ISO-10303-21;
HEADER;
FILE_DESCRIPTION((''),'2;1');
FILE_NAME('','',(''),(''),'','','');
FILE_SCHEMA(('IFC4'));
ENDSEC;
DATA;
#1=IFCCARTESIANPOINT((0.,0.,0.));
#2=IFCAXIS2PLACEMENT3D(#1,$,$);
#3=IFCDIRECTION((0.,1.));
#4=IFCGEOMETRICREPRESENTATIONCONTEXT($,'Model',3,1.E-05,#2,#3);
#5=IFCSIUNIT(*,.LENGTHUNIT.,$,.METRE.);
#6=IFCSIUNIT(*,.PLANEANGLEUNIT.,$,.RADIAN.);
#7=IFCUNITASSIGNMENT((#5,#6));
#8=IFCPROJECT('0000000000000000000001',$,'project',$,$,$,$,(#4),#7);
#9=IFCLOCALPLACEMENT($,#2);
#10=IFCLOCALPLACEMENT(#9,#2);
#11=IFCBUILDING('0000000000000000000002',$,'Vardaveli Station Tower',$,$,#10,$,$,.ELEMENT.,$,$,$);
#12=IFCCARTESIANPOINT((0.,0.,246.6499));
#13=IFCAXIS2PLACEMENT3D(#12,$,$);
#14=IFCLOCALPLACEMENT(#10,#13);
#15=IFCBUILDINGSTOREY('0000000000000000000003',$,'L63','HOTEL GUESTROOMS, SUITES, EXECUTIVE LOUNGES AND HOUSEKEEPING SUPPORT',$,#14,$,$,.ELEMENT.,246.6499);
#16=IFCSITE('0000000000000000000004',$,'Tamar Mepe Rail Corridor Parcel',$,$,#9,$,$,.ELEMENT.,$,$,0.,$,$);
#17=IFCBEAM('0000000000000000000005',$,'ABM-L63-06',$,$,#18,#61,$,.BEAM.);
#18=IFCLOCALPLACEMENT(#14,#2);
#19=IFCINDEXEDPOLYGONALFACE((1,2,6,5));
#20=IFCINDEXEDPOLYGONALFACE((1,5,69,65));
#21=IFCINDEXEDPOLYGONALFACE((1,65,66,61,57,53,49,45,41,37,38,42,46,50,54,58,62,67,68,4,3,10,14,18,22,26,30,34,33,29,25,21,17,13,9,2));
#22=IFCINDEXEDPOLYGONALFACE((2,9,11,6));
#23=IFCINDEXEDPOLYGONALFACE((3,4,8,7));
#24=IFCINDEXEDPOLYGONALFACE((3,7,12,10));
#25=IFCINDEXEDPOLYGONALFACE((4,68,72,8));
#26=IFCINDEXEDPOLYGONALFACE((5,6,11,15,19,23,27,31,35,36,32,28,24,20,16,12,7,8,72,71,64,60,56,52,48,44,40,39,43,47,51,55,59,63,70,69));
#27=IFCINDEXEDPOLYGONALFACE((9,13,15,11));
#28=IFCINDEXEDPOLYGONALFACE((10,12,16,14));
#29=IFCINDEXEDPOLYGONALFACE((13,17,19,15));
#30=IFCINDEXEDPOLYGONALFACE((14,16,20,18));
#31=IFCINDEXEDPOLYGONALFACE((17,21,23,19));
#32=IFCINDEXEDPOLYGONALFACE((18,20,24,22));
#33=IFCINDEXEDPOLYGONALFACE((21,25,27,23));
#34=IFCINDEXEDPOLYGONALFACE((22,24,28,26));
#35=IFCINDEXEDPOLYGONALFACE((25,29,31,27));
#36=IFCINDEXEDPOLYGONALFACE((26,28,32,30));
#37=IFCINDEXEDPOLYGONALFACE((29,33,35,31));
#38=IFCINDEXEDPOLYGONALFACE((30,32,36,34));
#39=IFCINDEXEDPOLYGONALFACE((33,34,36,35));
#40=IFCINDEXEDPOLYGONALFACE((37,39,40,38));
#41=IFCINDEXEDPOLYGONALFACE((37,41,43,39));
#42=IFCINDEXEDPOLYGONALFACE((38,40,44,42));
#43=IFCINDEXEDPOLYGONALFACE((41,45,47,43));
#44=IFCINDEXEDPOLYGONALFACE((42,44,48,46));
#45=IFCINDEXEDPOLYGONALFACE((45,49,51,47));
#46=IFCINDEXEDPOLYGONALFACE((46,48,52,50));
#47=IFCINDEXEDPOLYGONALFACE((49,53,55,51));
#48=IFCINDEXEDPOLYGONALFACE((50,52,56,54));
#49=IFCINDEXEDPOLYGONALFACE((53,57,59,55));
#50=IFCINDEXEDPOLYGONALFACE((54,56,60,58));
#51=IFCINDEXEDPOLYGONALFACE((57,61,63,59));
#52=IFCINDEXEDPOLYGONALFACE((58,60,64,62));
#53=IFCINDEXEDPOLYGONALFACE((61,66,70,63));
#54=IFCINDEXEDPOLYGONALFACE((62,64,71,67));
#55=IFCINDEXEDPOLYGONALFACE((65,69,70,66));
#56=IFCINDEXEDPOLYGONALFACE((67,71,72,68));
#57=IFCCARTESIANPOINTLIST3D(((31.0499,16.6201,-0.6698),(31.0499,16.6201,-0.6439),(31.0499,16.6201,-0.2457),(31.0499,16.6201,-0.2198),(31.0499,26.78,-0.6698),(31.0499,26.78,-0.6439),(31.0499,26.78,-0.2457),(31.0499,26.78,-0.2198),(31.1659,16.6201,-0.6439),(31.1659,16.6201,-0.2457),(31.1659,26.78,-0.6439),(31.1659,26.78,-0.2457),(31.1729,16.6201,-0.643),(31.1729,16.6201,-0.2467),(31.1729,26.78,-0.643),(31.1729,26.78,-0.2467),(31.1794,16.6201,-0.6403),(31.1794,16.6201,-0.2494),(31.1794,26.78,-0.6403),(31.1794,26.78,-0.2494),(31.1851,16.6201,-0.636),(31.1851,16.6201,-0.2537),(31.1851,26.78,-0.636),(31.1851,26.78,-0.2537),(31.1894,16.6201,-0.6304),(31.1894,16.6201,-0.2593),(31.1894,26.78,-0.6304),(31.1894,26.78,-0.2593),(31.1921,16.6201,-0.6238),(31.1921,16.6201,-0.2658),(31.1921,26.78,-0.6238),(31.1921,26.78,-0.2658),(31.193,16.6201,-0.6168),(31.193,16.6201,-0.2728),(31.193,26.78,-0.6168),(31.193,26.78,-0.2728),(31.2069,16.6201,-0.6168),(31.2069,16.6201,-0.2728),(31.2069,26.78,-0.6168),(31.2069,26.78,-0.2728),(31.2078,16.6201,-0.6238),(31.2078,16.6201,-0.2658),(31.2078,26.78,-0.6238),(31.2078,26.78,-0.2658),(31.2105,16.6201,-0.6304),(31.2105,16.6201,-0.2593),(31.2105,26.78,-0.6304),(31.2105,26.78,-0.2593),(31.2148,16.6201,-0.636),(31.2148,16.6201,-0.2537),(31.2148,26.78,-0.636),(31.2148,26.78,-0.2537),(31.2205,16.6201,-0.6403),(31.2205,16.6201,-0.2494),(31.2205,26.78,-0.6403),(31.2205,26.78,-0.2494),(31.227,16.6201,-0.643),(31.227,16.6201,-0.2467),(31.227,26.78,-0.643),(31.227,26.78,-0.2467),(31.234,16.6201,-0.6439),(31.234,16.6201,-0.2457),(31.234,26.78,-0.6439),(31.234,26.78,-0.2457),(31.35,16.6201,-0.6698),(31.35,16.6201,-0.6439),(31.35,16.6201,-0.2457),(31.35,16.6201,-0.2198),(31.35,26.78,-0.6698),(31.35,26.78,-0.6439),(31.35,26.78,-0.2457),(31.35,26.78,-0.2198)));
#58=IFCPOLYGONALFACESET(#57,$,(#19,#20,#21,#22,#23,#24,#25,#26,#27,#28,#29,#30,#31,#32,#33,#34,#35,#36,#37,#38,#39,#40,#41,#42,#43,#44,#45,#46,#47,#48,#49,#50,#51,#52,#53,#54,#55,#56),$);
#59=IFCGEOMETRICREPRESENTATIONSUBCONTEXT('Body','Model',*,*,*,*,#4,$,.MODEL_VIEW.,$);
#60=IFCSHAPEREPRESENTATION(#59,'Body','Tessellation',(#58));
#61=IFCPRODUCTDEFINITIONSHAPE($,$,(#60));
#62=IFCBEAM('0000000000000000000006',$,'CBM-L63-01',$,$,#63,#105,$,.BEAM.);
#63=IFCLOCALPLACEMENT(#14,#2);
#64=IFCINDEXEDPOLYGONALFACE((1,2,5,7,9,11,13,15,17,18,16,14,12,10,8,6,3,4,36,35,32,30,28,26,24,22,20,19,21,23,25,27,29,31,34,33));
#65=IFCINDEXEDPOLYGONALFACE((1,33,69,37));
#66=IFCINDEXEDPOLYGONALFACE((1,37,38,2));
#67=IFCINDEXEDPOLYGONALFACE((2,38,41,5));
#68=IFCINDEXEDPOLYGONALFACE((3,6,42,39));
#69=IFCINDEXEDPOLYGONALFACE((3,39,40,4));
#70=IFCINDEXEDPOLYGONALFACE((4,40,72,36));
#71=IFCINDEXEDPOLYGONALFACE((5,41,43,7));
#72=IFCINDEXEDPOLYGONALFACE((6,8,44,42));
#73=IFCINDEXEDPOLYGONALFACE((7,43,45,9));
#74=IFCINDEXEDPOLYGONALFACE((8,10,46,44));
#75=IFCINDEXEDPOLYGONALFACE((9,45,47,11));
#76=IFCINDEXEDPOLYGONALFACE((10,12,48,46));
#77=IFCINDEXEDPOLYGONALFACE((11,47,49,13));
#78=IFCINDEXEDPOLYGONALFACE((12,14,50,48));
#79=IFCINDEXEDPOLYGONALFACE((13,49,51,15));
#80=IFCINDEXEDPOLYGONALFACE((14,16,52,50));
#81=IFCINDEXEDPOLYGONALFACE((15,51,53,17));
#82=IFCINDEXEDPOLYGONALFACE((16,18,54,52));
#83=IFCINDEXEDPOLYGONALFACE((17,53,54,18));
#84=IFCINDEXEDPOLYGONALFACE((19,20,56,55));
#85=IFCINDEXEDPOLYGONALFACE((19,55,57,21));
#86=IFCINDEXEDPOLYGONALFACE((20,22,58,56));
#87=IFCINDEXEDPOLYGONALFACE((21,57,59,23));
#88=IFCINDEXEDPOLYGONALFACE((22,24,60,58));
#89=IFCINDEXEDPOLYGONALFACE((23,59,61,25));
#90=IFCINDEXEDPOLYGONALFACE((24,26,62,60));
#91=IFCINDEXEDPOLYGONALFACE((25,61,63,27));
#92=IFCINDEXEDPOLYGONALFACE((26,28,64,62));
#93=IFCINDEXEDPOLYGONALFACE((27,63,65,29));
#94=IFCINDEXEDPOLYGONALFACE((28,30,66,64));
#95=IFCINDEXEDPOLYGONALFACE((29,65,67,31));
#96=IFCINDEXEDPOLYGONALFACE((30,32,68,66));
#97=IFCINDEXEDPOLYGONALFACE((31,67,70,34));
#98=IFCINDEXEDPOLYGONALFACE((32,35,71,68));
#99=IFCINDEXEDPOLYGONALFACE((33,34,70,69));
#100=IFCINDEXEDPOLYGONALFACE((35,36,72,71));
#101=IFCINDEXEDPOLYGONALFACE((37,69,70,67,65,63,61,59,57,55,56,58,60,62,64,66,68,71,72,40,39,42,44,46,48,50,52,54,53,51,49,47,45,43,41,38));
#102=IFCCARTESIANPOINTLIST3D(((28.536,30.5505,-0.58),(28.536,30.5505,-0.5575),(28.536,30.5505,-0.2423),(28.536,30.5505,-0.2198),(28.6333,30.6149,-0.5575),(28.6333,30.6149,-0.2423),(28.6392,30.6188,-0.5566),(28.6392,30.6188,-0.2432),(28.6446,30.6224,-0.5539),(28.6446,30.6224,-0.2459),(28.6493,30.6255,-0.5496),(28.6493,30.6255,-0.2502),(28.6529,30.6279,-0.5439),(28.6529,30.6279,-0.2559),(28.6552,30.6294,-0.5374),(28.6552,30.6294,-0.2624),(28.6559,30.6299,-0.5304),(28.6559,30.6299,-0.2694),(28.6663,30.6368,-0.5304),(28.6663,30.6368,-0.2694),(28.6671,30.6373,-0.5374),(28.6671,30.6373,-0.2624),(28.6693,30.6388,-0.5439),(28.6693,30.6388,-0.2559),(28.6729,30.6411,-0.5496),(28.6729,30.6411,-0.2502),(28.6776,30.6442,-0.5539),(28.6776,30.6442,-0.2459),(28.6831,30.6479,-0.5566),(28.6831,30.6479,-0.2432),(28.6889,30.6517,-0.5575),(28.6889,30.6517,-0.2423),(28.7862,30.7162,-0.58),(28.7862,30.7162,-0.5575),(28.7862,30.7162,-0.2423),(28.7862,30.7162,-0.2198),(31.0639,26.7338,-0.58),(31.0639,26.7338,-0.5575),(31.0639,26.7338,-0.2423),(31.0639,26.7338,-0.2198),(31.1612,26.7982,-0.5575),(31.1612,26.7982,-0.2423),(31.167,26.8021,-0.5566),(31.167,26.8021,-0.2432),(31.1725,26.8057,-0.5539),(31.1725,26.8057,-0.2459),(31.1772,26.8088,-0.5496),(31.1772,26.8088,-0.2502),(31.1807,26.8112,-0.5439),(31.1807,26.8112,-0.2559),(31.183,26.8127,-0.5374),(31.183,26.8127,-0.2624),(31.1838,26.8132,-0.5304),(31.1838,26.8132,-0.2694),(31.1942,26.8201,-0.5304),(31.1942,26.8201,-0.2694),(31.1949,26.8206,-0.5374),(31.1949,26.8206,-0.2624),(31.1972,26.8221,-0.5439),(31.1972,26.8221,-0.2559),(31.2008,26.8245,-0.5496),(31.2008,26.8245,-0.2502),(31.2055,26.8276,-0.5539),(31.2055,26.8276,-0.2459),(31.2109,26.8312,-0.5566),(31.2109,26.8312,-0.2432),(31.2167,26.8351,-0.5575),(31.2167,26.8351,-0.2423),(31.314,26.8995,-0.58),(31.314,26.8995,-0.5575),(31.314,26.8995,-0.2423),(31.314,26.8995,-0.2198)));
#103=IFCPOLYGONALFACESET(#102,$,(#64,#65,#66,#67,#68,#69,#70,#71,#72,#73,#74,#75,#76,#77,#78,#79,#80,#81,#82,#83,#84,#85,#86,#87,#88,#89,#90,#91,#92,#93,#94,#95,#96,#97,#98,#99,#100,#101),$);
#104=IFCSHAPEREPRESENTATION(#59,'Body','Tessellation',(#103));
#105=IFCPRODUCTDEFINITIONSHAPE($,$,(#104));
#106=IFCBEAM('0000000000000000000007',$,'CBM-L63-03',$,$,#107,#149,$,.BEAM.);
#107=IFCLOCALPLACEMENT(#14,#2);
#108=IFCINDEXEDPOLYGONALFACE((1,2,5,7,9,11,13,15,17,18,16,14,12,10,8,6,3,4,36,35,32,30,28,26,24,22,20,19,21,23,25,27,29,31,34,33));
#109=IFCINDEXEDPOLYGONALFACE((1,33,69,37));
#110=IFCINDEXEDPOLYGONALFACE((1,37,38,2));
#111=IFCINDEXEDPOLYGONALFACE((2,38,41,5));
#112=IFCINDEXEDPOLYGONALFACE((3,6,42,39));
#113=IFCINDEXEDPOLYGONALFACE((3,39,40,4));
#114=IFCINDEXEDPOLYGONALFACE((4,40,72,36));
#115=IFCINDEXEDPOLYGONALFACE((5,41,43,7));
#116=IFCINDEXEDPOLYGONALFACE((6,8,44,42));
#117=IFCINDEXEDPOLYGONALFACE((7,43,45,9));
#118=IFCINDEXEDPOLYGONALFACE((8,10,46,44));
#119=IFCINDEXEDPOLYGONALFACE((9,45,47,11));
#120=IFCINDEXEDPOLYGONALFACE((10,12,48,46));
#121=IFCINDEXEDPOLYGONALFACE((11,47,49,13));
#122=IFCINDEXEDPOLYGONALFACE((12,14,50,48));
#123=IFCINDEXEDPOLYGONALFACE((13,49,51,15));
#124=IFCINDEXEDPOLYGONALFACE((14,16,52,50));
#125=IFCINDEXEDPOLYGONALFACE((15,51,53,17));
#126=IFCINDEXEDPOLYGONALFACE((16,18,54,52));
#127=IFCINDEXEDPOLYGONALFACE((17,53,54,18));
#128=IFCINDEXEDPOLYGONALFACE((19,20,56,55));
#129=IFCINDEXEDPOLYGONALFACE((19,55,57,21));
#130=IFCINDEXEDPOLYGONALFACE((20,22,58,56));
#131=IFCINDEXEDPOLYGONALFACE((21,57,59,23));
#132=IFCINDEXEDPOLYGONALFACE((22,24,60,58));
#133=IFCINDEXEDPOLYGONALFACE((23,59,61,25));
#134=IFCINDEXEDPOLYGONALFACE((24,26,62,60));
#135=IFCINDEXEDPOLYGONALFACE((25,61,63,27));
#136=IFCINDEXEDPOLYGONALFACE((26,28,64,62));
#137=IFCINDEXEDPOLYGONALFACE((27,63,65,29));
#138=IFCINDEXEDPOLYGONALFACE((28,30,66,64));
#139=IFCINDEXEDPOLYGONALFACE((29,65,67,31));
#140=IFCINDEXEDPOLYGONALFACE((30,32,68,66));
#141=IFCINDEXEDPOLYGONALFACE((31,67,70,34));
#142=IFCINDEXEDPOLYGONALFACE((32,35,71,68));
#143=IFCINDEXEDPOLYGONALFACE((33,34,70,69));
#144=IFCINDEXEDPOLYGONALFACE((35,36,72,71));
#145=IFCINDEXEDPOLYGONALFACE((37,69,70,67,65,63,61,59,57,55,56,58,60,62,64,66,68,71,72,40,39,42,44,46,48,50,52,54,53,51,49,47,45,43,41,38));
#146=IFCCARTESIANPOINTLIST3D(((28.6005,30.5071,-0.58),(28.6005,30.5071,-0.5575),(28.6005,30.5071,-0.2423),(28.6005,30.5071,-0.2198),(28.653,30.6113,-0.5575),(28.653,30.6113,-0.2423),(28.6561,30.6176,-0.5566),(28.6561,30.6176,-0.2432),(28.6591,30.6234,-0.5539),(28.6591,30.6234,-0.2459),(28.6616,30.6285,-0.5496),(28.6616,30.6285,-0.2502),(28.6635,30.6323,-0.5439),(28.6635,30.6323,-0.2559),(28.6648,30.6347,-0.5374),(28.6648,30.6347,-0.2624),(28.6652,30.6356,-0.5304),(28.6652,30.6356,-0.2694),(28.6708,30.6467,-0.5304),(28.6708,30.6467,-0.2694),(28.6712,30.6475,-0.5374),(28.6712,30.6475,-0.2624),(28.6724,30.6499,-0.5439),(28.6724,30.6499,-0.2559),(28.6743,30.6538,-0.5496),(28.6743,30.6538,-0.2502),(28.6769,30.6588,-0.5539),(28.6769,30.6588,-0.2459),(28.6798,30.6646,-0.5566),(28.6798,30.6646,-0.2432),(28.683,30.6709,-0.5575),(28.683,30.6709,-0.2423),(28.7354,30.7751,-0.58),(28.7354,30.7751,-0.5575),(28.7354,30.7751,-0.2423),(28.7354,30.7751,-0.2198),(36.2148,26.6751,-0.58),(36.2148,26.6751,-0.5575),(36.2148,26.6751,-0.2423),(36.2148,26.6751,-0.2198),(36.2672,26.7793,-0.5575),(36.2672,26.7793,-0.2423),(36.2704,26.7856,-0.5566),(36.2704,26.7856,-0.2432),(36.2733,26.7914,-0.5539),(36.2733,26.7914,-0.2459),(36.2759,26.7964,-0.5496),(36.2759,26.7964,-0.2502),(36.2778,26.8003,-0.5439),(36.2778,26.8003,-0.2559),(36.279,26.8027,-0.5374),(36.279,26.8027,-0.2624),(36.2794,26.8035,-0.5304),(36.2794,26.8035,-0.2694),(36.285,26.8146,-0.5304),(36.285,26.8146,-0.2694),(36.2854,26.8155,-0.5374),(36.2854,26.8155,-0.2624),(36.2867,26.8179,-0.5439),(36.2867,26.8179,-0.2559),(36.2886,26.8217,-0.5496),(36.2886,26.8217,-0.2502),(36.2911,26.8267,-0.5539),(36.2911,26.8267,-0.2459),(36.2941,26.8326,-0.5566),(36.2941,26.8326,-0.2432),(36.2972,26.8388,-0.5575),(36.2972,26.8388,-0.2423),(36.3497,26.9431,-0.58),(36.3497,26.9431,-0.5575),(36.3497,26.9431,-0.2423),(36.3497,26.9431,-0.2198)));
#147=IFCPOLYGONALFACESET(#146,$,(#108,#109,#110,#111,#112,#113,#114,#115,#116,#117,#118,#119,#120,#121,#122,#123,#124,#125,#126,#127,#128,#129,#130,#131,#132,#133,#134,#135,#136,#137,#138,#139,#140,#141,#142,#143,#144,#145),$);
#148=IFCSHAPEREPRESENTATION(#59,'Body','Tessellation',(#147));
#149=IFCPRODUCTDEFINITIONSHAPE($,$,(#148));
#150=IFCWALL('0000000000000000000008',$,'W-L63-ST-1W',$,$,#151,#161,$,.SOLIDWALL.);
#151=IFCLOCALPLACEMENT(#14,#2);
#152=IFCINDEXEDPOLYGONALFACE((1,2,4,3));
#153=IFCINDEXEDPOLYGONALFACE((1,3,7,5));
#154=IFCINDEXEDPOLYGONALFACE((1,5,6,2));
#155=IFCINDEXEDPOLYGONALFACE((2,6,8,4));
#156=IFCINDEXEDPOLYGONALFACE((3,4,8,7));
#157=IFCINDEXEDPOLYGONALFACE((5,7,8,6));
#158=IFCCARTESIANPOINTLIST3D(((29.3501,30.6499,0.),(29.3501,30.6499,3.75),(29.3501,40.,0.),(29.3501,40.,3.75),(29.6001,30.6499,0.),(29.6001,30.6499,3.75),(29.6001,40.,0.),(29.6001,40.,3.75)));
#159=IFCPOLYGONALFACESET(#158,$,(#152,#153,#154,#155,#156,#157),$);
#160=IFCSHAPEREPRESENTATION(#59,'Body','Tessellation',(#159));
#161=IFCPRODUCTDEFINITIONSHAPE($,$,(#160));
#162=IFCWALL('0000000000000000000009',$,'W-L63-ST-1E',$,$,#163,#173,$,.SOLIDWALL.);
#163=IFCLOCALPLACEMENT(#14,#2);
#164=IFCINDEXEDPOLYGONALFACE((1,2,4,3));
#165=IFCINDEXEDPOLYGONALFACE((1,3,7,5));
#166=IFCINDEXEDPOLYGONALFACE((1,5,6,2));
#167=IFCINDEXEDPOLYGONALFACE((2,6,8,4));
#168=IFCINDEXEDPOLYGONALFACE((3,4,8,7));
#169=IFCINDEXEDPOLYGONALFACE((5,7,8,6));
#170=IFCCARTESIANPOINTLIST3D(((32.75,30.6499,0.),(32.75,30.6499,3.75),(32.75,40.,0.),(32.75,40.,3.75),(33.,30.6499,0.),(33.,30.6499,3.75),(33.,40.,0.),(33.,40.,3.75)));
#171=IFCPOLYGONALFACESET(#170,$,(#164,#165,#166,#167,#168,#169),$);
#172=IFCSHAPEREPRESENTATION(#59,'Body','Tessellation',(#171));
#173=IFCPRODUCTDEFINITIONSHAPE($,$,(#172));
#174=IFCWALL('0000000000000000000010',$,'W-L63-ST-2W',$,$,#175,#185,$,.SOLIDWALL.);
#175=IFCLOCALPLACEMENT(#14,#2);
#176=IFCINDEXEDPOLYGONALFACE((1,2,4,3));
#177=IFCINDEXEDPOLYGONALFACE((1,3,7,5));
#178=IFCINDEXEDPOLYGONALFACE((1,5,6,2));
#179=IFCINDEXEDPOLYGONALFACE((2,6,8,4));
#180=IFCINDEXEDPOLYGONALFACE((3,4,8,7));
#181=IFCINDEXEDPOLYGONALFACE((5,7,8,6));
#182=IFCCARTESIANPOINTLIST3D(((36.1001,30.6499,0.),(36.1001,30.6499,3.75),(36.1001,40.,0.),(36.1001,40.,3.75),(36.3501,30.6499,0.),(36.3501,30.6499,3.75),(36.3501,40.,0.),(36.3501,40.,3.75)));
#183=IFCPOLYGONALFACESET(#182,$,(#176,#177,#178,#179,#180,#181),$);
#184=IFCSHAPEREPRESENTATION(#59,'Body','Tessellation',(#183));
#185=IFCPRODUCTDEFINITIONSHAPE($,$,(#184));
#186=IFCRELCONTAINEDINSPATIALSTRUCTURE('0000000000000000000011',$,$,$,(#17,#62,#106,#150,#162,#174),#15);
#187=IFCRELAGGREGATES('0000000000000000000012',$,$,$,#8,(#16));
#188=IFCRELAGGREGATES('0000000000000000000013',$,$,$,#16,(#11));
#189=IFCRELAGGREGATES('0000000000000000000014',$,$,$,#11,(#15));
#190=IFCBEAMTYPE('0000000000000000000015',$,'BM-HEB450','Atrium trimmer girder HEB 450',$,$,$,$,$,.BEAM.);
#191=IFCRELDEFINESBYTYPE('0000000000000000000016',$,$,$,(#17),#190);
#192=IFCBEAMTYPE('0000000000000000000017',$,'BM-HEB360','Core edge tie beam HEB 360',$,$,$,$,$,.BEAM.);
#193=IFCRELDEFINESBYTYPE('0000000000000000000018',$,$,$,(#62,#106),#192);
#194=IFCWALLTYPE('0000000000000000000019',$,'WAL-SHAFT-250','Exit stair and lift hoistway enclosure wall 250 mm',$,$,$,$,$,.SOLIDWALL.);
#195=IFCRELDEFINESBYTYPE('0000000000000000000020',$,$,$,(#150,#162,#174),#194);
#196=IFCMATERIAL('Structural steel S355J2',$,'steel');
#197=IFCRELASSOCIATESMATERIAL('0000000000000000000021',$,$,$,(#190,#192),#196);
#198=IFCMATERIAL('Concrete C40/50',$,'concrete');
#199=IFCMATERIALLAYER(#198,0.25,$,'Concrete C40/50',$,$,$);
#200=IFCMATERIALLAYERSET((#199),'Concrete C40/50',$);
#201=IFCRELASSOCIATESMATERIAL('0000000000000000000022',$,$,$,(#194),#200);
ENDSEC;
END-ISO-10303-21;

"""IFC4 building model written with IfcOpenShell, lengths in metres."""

from ifc_helpers import new_model, si_unit, direction, frame, frame_2d, origin, origin_2d, place, context, subcontext, project, spatial, rectangle, i_section, extrude, source, transform, mapped, material, layer, layer_set, material_profile, profile_set, type_object, element, save


model = new_model("IFC4")

# Units and contexts
model_context = context("Model", 3, precision=1e-05, world=origin(), true_north=direction((0.0, 1.0)))
body_context = subcontext(model_context, "Body", "Model", "MODEL_VIEW")
ifc_project = project(units=[si_unit("LENGTHUNIT", "METRE"), si_unit("PLANEANGLEUNIT", "RADIAN")], contexts=[model_context])

# Site, building, storey
site_placement = place(None, origin())
site = spatial("IfcSite", under=ifc_project, at=site_placement, Name="Tamar Mepe Rail Corridor Parcel", CompositionType="ELEMENT", RefElevation=0.0)
building_placement = place(site_placement, origin())
building = spatial("IfcBuilding", under=site, at=building_placement, Name="Vardaveli Station Tower", CompositionType="ELEMENT")
storey_placement = place(building_placement, frame((0.0, 0.0, 246.6499)))
storey = spatial("IfcBuildingStorey", under=building, at=storey_placement, Name="L63", Description="HOTEL GUESTROOMS, SUITES, EXECUTIVE LOUNGES AND HOUSEKEEPING SUPPORT", CompositionType="ELEMENT", Elevation=246.6499)

# Beams
ifc_material_1 = material(Name="Structural steel S355J2", Category="steel")
ifc_material_profile_1 = material_profile(ifc_material_1, i_section(OverallWidth=0.3, OverallDepth=0.45, WebThickness=0.0139, FlangeThickness=0.0259, FilletRadius=0.0271, at=origin_2d()), Name="HEB 450")
ifc_profile_set_1 = profile_set([ifc_material_profile_1], Name="Structural steel S355J2")
beam_type_1 = type_object("IfcBeamType", Name="BM-HEB450", Description="Atrium trimmer girder HEB 450", PredefinedType="BEAM", material=ifc_profile_set_1)
shared_shape_1 = source(origin(), body_context, "Body", "SweptSolid", [
    extrude(i_section(OverallWidth=0.3, OverallDepth=0.45, WebThickness=0.0139, FlangeThickness=0.0259, FilletRadius=0.0271, at=origin_2d()), origin(), (0.0, 0.0, 1.0), 10.1599),
])
beam_1_placement = place(storey_placement, frame((31.2, 26.78, -0.4448), z_axis=(0.0, -1.0, 0.0), x_axis=(1.0, 0.0, 0.0)))
element("IfcBeam", 1, at=beam_1_placement, inside=storey, type_object=beam_type_1, Name="ABM-L63-06", PredefinedType="BEAM", context=body_context, shape_type="MappedRepresentation", body=[
    mapped(shared_shape_1, transform((0.0, 0.0, 0.0), scale=1.0)),
])
ifc_material_profile_2 = material_profile(ifc_material_1, i_section(OverallWidth=0.3, OverallDepth=0.3601, WebThickness=0.0125, FlangeThickness=0.0225, FilletRadius=0.0271, at=origin_2d()), Name="HEB 360")
ifc_profile_set_2 = profile_set([ifc_material_profile_2], Name="Structural steel S355J2")
beam_type_2 = type_object("IfcBeamType", Name="BM-HEB360", Description="Core edge tie beam HEB 360", PredefinedType="BEAM", material=ifc_profile_set_2)
shared_shape_2 = source(origin(), body_context, "Body", "SweptSolid", [
    extrude(i_section(OverallWidth=0.3, OverallDepth=0.3601, WebThickness=0.0125, FlangeThickness=0.0225, FilletRadius=0.0271, at=origin_2d()), origin(), (0.0, 0.0, 1.0), 4.5779),
])
beam_2_placement = place(storey_placement, frame((31.189, 26.8167, -0.3999), z_axis=(-0.552187, 0.83372, 0.0), x_axis=(-0.83372, -0.552187, 0.0)))
element("IfcBeam", 2, at=beam_2_placement, inside=storey, type_object=beam_type_2, Name="CBM-L63-01", PredefinedType="BEAM", context=body_context, shape_type="MappedRepresentation", body=[
    mapped(shared_shape_2, transform((0.0, 0.0, 0.0), scale=1.0)),
])
shared_shape_3 = source(origin(), body_context, "Body", "SweptSolid", [
    extrude(i_section(OverallWidth=0.3, OverallDepth=0.3601, WebThickness=0.0125, FlangeThickness=0.0225, FilletRadius=0.0271, at=origin_2d()), origin(), (0.0, 0.0, 1.0), 8.5242),
])
beam_3_placement = place(storey_placement, frame((28.668, 30.6411, -0.3999), z_axis=(0.893256, -0.449549, 0.0), x_axis=(0.449549, 0.893256, 0.0)))
element("IfcBeam", 3, at=beam_3_placement, inside=storey, type_object=beam_type_2, Name="CBM-L63-03", PredefinedType="BEAM", context=body_context, shape_type="MappedRepresentation", body=[
    mapped(shared_shape_3, transform((0.0, 0.0, 0.0), scale=1.0)),
])

# Walls
ifc_material_2 = material(Name="Concrete C40/50", Category="concrete")
ifc_layer_1 = layer(ifc_material_2, 0.25, Name="Concrete C40/50")
ifc_layer_set_1 = layer_set([ifc_layer_1], Name="Concrete C40/50")
wall_type_1 = type_object("IfcWallType", Name="WAL-SHAFT-250", Description="Exit stair and lift hoistway enclosure wall 250 mm", PredefinedType="SOLIDWALL", material=ifc_layer_set_1)
shared_shape_4 = source(origin(), body_context, "Body", "SweptSolid", [
    extrude(rectangle(XDim=9.3501, YDim=0.25, at=frame_2d((4.675, 0.0))), origin(), (0.0, 0.0, 1.0), 3.75),
])
for number, where, z_axis, x_axis, name in (
    (4, (29.4751, 30.6499, 0.0), (0.0, 0.0, 1.0), (0.0, 1.0, 0.0), "W-L63-ST-1W"),
    (5, (32.875, 30.6499, 0.0), (0.0, 0.0, 1.0), (0.0, 1.0, 0.0), "W-L63-ST-1E"),
    (6, (36.2251, 30.6499, 0.0), (0.0, 0.0, 1.0), (0.0, 1.0, 0.0), "W-L63-ST-2W"),
):
    element("IfcWall", number, at=place(storey_placement, frame(where, z_axis=z_axis, x_axis=x_axis)), inside=storey, type_object=wall_type_1, Name=name, PredefinedType="SOLIDWALL", context=body_context, shape_type="MappedRepresentation", body=[
        mapped(shared_shape_4, transform((0.0, 0.0, 0.0), scale=1.0)),
    ])

save(model, "model.ifc")
